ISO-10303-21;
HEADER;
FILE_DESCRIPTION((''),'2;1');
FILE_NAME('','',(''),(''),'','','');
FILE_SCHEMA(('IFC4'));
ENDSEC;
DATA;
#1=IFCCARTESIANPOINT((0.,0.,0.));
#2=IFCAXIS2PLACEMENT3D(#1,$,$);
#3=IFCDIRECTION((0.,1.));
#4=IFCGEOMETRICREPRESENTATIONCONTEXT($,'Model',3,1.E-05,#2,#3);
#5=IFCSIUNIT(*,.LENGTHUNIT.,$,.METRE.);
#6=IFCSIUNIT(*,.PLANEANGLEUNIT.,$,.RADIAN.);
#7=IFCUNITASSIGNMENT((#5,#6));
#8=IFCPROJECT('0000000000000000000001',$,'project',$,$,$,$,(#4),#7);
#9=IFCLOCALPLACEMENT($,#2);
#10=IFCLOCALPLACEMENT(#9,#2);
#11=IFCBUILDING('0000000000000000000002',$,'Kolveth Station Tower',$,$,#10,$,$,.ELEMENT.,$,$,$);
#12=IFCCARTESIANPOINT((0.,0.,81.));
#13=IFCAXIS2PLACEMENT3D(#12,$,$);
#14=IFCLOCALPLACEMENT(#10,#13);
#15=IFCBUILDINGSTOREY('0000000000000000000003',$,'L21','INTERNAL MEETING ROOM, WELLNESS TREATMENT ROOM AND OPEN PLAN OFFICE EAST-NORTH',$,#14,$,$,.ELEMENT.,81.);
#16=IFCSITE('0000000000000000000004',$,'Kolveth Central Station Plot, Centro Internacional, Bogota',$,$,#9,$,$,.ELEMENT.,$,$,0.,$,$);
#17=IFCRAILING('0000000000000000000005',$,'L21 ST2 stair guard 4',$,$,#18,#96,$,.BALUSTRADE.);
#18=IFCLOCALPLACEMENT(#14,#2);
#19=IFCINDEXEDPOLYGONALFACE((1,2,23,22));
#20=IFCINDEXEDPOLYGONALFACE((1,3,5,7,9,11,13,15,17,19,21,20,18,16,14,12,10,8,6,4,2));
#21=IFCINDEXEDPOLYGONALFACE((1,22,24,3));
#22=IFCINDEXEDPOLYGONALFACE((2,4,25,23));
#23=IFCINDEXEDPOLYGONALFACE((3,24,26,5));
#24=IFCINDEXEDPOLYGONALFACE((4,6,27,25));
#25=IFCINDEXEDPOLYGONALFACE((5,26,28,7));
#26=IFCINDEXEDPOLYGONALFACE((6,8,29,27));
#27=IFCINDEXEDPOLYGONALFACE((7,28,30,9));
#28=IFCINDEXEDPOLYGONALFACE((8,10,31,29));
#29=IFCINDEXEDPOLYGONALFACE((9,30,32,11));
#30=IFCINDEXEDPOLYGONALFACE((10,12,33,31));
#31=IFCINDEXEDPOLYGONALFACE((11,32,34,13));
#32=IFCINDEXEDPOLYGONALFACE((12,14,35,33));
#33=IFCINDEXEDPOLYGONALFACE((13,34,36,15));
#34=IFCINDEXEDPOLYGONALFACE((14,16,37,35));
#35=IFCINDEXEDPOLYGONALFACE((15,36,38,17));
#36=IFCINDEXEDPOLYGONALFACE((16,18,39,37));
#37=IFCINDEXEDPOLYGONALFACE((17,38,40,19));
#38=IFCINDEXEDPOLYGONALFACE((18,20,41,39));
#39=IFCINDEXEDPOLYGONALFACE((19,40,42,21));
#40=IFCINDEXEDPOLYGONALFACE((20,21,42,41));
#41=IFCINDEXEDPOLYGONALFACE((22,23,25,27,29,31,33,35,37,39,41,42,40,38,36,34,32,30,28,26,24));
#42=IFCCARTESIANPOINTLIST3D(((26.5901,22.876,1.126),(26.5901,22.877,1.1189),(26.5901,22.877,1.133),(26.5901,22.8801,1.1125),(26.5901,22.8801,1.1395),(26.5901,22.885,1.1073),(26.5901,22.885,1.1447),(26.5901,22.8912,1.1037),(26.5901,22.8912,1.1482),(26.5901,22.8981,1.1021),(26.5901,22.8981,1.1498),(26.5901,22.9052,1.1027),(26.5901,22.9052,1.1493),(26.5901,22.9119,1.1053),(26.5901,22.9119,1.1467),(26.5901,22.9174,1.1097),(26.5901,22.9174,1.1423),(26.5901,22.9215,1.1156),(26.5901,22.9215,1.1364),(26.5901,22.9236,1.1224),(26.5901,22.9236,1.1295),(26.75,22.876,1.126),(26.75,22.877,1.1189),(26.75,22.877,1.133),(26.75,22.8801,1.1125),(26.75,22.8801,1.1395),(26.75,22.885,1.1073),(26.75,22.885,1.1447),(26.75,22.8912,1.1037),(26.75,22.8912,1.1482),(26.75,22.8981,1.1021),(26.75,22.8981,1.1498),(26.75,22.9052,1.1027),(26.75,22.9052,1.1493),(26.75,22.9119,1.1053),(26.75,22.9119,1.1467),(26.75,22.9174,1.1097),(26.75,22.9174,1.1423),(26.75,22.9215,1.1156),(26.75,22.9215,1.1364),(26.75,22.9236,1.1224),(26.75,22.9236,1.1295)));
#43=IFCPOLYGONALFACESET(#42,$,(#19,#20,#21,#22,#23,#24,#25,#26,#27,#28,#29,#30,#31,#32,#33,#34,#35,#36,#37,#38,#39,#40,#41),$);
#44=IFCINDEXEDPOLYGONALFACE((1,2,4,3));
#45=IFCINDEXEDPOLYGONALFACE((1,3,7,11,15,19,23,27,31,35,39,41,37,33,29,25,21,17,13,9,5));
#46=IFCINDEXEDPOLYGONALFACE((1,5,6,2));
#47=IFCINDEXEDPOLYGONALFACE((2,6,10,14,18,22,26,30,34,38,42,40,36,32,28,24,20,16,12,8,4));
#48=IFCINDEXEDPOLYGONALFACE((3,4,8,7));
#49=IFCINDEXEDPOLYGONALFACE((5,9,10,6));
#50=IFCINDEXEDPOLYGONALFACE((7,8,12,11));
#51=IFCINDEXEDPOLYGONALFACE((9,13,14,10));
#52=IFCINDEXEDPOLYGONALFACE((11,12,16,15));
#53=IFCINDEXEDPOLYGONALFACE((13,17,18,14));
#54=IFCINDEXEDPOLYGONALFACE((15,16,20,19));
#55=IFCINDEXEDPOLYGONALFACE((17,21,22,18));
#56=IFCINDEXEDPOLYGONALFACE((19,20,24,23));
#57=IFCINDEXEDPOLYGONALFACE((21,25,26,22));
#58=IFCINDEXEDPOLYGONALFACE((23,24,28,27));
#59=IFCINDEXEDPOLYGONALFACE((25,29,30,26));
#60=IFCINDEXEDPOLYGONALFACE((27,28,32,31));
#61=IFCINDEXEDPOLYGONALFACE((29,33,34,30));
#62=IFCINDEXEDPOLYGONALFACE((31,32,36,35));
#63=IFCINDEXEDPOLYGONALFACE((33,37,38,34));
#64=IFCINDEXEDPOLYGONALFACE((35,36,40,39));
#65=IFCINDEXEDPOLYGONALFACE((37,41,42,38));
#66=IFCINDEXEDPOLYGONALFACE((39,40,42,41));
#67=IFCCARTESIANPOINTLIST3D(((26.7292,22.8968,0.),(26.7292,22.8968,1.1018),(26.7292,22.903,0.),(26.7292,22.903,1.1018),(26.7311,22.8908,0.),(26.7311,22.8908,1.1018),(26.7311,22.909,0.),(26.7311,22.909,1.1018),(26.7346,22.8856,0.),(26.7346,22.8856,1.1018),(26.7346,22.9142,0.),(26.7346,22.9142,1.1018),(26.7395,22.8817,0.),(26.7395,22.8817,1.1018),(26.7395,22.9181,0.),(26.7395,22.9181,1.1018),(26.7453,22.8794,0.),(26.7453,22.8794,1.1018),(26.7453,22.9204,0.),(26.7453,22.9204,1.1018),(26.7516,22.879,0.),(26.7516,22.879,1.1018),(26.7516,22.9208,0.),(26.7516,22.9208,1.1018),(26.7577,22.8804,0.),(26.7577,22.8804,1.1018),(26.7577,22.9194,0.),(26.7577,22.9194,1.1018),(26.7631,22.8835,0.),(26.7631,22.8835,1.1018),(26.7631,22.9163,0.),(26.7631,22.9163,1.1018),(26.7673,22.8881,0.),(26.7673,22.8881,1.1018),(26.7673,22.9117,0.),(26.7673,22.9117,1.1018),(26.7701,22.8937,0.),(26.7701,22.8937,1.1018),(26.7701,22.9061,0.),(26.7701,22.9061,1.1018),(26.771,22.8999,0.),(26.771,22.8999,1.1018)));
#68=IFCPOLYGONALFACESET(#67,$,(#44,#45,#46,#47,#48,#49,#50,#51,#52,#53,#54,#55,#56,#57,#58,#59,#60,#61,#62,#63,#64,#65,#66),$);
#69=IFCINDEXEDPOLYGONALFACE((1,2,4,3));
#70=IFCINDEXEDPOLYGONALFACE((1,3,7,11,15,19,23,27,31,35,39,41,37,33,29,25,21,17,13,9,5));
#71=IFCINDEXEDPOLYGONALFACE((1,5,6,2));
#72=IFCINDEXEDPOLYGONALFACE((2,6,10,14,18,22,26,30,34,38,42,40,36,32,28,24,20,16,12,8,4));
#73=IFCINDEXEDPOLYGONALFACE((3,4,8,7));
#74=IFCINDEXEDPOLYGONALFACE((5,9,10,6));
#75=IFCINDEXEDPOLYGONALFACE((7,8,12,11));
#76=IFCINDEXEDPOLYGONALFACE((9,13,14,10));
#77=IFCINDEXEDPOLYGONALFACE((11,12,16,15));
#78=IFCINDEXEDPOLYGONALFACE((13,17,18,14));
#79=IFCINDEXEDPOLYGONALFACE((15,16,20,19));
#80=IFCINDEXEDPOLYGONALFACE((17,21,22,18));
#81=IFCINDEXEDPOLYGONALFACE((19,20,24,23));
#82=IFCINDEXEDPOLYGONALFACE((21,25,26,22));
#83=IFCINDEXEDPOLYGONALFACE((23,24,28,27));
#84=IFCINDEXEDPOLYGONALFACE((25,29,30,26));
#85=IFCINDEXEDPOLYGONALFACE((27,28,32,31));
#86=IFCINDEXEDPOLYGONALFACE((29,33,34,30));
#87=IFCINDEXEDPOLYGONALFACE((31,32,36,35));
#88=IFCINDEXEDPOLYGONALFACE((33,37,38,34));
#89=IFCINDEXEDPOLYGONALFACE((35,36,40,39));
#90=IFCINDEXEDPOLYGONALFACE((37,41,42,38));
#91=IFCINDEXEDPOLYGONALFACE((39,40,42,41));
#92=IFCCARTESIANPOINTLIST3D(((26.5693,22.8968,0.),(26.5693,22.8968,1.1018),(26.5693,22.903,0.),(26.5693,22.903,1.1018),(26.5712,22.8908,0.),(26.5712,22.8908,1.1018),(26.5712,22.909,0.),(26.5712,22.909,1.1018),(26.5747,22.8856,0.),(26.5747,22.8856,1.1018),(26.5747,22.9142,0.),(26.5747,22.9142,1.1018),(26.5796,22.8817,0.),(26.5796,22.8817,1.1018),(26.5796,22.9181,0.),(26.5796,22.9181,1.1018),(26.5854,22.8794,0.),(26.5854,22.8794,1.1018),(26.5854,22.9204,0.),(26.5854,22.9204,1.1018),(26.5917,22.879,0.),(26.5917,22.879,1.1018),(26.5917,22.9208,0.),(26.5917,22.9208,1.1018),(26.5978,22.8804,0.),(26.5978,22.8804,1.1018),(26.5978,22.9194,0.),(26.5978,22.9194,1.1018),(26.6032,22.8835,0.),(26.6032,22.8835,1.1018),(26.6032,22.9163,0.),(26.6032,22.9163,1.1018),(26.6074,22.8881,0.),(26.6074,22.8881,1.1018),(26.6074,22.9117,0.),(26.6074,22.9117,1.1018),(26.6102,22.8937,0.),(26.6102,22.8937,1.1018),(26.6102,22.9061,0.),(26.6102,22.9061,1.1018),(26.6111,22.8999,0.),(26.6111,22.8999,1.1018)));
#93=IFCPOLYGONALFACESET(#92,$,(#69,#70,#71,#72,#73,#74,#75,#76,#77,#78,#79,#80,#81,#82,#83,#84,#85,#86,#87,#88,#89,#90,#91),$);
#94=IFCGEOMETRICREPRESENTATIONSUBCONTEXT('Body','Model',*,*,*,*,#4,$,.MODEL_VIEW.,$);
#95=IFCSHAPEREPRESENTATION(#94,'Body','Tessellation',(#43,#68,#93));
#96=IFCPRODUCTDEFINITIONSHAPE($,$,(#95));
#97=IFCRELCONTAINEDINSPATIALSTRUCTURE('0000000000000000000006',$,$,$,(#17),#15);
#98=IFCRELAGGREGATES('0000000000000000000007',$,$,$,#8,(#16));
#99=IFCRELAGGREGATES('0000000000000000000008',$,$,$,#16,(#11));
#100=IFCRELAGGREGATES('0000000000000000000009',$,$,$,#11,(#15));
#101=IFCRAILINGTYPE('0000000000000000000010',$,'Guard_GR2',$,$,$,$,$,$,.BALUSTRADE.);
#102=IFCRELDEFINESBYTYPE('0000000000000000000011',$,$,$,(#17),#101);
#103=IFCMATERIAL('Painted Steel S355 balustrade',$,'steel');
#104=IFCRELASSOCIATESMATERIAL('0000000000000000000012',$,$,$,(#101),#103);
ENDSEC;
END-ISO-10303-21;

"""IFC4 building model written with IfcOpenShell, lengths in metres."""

from ifc_helpers import new_model, si_unit, direction, frame, origin, origin_2d, place, context, subcontext, project, spatial, circle, extrude, material, type_object, element, save


model = new_model("IFC4")

# Units and contexts
model_context = context("Model", 3, precision=1e-05, world=origin(), true_north=direction((0.0, 1.0)))
body_context = subcontext(model_context, "Body", "Model", "MODEL_VIEW")
ifc_project = project(units=[si_unit("LENGTHUNIT", "METRE"), si_unit("PLANEANGLEUNIT", "RADIAN")], contexts=[model_context])

# Site, building, storey
site_placement = place(None, origin())
site = spatial("IfcSite", under=ifc_project, at=site_placement, Name="Kolveth Central Station Plot, Centro Internacional, Bogota", CompositionType="ELEMENT", RefElevation=0.0)
building_placement = place(site_placement, origin())
building = spatial("IfcBuilding", under=site, at=building_placement, Name="Kolveth Station Tower", CompositionType="ELEMENT")
storey_placement = place(building_placement, frame((0.0, 0.0, 81.0)))
storey = spatial("IfcBuildingStorey", under=building, at=storey_placement, Name="L21", Description="INTERNAL MEETING ROOM, WELLNESS TREATMENT ROOM AND OPEN PLAN OFFICE EAST-NORTH", CompositionType="ELEMENT", Elevation=81.0)

# Railing
ifc_material_1 = material(Name="Painted Steel S355 balustrade", Category="steel")
railing_type_1 = type_object("IfcRailingType", Name="Guard_GR2", PredefinedType="BALUSTRADE", material=ifc_material_1)
railing_1_placement = place(storey_placement, frame((26.75, 22.8999, 0.0)))
element("IfcRailing", 1, at=railing_1_placement, inside=storey, type_object=railing_type_1, Name="L21 ST2 stair guard 4", PredefinedType="BALUSTRADE", context=body_context, shape_type="SweptSolid", body=[
    extrude(circle(Radius=0.0239, at=origin_2d()), frame((0.0, 0.0, 1.126), z_axis=(-1.0, 0.0, 0.0), x_axis=(0.0, -1.0, 0.0)), (0.0, 0.0, 1.0), 0.1599),
    extrude(circle(Radius=0.021, at=origin_2d()), origin(), (0.0, 0.0, 1.0), 1.1018),
    extrude(circle(Radius=0.021, at=origin_2d()), frame((-0.1599, 0.0, 0.0)), (0.0, 0.0, 1.0), 1.1018),
])

save(model, "model.ifc")
